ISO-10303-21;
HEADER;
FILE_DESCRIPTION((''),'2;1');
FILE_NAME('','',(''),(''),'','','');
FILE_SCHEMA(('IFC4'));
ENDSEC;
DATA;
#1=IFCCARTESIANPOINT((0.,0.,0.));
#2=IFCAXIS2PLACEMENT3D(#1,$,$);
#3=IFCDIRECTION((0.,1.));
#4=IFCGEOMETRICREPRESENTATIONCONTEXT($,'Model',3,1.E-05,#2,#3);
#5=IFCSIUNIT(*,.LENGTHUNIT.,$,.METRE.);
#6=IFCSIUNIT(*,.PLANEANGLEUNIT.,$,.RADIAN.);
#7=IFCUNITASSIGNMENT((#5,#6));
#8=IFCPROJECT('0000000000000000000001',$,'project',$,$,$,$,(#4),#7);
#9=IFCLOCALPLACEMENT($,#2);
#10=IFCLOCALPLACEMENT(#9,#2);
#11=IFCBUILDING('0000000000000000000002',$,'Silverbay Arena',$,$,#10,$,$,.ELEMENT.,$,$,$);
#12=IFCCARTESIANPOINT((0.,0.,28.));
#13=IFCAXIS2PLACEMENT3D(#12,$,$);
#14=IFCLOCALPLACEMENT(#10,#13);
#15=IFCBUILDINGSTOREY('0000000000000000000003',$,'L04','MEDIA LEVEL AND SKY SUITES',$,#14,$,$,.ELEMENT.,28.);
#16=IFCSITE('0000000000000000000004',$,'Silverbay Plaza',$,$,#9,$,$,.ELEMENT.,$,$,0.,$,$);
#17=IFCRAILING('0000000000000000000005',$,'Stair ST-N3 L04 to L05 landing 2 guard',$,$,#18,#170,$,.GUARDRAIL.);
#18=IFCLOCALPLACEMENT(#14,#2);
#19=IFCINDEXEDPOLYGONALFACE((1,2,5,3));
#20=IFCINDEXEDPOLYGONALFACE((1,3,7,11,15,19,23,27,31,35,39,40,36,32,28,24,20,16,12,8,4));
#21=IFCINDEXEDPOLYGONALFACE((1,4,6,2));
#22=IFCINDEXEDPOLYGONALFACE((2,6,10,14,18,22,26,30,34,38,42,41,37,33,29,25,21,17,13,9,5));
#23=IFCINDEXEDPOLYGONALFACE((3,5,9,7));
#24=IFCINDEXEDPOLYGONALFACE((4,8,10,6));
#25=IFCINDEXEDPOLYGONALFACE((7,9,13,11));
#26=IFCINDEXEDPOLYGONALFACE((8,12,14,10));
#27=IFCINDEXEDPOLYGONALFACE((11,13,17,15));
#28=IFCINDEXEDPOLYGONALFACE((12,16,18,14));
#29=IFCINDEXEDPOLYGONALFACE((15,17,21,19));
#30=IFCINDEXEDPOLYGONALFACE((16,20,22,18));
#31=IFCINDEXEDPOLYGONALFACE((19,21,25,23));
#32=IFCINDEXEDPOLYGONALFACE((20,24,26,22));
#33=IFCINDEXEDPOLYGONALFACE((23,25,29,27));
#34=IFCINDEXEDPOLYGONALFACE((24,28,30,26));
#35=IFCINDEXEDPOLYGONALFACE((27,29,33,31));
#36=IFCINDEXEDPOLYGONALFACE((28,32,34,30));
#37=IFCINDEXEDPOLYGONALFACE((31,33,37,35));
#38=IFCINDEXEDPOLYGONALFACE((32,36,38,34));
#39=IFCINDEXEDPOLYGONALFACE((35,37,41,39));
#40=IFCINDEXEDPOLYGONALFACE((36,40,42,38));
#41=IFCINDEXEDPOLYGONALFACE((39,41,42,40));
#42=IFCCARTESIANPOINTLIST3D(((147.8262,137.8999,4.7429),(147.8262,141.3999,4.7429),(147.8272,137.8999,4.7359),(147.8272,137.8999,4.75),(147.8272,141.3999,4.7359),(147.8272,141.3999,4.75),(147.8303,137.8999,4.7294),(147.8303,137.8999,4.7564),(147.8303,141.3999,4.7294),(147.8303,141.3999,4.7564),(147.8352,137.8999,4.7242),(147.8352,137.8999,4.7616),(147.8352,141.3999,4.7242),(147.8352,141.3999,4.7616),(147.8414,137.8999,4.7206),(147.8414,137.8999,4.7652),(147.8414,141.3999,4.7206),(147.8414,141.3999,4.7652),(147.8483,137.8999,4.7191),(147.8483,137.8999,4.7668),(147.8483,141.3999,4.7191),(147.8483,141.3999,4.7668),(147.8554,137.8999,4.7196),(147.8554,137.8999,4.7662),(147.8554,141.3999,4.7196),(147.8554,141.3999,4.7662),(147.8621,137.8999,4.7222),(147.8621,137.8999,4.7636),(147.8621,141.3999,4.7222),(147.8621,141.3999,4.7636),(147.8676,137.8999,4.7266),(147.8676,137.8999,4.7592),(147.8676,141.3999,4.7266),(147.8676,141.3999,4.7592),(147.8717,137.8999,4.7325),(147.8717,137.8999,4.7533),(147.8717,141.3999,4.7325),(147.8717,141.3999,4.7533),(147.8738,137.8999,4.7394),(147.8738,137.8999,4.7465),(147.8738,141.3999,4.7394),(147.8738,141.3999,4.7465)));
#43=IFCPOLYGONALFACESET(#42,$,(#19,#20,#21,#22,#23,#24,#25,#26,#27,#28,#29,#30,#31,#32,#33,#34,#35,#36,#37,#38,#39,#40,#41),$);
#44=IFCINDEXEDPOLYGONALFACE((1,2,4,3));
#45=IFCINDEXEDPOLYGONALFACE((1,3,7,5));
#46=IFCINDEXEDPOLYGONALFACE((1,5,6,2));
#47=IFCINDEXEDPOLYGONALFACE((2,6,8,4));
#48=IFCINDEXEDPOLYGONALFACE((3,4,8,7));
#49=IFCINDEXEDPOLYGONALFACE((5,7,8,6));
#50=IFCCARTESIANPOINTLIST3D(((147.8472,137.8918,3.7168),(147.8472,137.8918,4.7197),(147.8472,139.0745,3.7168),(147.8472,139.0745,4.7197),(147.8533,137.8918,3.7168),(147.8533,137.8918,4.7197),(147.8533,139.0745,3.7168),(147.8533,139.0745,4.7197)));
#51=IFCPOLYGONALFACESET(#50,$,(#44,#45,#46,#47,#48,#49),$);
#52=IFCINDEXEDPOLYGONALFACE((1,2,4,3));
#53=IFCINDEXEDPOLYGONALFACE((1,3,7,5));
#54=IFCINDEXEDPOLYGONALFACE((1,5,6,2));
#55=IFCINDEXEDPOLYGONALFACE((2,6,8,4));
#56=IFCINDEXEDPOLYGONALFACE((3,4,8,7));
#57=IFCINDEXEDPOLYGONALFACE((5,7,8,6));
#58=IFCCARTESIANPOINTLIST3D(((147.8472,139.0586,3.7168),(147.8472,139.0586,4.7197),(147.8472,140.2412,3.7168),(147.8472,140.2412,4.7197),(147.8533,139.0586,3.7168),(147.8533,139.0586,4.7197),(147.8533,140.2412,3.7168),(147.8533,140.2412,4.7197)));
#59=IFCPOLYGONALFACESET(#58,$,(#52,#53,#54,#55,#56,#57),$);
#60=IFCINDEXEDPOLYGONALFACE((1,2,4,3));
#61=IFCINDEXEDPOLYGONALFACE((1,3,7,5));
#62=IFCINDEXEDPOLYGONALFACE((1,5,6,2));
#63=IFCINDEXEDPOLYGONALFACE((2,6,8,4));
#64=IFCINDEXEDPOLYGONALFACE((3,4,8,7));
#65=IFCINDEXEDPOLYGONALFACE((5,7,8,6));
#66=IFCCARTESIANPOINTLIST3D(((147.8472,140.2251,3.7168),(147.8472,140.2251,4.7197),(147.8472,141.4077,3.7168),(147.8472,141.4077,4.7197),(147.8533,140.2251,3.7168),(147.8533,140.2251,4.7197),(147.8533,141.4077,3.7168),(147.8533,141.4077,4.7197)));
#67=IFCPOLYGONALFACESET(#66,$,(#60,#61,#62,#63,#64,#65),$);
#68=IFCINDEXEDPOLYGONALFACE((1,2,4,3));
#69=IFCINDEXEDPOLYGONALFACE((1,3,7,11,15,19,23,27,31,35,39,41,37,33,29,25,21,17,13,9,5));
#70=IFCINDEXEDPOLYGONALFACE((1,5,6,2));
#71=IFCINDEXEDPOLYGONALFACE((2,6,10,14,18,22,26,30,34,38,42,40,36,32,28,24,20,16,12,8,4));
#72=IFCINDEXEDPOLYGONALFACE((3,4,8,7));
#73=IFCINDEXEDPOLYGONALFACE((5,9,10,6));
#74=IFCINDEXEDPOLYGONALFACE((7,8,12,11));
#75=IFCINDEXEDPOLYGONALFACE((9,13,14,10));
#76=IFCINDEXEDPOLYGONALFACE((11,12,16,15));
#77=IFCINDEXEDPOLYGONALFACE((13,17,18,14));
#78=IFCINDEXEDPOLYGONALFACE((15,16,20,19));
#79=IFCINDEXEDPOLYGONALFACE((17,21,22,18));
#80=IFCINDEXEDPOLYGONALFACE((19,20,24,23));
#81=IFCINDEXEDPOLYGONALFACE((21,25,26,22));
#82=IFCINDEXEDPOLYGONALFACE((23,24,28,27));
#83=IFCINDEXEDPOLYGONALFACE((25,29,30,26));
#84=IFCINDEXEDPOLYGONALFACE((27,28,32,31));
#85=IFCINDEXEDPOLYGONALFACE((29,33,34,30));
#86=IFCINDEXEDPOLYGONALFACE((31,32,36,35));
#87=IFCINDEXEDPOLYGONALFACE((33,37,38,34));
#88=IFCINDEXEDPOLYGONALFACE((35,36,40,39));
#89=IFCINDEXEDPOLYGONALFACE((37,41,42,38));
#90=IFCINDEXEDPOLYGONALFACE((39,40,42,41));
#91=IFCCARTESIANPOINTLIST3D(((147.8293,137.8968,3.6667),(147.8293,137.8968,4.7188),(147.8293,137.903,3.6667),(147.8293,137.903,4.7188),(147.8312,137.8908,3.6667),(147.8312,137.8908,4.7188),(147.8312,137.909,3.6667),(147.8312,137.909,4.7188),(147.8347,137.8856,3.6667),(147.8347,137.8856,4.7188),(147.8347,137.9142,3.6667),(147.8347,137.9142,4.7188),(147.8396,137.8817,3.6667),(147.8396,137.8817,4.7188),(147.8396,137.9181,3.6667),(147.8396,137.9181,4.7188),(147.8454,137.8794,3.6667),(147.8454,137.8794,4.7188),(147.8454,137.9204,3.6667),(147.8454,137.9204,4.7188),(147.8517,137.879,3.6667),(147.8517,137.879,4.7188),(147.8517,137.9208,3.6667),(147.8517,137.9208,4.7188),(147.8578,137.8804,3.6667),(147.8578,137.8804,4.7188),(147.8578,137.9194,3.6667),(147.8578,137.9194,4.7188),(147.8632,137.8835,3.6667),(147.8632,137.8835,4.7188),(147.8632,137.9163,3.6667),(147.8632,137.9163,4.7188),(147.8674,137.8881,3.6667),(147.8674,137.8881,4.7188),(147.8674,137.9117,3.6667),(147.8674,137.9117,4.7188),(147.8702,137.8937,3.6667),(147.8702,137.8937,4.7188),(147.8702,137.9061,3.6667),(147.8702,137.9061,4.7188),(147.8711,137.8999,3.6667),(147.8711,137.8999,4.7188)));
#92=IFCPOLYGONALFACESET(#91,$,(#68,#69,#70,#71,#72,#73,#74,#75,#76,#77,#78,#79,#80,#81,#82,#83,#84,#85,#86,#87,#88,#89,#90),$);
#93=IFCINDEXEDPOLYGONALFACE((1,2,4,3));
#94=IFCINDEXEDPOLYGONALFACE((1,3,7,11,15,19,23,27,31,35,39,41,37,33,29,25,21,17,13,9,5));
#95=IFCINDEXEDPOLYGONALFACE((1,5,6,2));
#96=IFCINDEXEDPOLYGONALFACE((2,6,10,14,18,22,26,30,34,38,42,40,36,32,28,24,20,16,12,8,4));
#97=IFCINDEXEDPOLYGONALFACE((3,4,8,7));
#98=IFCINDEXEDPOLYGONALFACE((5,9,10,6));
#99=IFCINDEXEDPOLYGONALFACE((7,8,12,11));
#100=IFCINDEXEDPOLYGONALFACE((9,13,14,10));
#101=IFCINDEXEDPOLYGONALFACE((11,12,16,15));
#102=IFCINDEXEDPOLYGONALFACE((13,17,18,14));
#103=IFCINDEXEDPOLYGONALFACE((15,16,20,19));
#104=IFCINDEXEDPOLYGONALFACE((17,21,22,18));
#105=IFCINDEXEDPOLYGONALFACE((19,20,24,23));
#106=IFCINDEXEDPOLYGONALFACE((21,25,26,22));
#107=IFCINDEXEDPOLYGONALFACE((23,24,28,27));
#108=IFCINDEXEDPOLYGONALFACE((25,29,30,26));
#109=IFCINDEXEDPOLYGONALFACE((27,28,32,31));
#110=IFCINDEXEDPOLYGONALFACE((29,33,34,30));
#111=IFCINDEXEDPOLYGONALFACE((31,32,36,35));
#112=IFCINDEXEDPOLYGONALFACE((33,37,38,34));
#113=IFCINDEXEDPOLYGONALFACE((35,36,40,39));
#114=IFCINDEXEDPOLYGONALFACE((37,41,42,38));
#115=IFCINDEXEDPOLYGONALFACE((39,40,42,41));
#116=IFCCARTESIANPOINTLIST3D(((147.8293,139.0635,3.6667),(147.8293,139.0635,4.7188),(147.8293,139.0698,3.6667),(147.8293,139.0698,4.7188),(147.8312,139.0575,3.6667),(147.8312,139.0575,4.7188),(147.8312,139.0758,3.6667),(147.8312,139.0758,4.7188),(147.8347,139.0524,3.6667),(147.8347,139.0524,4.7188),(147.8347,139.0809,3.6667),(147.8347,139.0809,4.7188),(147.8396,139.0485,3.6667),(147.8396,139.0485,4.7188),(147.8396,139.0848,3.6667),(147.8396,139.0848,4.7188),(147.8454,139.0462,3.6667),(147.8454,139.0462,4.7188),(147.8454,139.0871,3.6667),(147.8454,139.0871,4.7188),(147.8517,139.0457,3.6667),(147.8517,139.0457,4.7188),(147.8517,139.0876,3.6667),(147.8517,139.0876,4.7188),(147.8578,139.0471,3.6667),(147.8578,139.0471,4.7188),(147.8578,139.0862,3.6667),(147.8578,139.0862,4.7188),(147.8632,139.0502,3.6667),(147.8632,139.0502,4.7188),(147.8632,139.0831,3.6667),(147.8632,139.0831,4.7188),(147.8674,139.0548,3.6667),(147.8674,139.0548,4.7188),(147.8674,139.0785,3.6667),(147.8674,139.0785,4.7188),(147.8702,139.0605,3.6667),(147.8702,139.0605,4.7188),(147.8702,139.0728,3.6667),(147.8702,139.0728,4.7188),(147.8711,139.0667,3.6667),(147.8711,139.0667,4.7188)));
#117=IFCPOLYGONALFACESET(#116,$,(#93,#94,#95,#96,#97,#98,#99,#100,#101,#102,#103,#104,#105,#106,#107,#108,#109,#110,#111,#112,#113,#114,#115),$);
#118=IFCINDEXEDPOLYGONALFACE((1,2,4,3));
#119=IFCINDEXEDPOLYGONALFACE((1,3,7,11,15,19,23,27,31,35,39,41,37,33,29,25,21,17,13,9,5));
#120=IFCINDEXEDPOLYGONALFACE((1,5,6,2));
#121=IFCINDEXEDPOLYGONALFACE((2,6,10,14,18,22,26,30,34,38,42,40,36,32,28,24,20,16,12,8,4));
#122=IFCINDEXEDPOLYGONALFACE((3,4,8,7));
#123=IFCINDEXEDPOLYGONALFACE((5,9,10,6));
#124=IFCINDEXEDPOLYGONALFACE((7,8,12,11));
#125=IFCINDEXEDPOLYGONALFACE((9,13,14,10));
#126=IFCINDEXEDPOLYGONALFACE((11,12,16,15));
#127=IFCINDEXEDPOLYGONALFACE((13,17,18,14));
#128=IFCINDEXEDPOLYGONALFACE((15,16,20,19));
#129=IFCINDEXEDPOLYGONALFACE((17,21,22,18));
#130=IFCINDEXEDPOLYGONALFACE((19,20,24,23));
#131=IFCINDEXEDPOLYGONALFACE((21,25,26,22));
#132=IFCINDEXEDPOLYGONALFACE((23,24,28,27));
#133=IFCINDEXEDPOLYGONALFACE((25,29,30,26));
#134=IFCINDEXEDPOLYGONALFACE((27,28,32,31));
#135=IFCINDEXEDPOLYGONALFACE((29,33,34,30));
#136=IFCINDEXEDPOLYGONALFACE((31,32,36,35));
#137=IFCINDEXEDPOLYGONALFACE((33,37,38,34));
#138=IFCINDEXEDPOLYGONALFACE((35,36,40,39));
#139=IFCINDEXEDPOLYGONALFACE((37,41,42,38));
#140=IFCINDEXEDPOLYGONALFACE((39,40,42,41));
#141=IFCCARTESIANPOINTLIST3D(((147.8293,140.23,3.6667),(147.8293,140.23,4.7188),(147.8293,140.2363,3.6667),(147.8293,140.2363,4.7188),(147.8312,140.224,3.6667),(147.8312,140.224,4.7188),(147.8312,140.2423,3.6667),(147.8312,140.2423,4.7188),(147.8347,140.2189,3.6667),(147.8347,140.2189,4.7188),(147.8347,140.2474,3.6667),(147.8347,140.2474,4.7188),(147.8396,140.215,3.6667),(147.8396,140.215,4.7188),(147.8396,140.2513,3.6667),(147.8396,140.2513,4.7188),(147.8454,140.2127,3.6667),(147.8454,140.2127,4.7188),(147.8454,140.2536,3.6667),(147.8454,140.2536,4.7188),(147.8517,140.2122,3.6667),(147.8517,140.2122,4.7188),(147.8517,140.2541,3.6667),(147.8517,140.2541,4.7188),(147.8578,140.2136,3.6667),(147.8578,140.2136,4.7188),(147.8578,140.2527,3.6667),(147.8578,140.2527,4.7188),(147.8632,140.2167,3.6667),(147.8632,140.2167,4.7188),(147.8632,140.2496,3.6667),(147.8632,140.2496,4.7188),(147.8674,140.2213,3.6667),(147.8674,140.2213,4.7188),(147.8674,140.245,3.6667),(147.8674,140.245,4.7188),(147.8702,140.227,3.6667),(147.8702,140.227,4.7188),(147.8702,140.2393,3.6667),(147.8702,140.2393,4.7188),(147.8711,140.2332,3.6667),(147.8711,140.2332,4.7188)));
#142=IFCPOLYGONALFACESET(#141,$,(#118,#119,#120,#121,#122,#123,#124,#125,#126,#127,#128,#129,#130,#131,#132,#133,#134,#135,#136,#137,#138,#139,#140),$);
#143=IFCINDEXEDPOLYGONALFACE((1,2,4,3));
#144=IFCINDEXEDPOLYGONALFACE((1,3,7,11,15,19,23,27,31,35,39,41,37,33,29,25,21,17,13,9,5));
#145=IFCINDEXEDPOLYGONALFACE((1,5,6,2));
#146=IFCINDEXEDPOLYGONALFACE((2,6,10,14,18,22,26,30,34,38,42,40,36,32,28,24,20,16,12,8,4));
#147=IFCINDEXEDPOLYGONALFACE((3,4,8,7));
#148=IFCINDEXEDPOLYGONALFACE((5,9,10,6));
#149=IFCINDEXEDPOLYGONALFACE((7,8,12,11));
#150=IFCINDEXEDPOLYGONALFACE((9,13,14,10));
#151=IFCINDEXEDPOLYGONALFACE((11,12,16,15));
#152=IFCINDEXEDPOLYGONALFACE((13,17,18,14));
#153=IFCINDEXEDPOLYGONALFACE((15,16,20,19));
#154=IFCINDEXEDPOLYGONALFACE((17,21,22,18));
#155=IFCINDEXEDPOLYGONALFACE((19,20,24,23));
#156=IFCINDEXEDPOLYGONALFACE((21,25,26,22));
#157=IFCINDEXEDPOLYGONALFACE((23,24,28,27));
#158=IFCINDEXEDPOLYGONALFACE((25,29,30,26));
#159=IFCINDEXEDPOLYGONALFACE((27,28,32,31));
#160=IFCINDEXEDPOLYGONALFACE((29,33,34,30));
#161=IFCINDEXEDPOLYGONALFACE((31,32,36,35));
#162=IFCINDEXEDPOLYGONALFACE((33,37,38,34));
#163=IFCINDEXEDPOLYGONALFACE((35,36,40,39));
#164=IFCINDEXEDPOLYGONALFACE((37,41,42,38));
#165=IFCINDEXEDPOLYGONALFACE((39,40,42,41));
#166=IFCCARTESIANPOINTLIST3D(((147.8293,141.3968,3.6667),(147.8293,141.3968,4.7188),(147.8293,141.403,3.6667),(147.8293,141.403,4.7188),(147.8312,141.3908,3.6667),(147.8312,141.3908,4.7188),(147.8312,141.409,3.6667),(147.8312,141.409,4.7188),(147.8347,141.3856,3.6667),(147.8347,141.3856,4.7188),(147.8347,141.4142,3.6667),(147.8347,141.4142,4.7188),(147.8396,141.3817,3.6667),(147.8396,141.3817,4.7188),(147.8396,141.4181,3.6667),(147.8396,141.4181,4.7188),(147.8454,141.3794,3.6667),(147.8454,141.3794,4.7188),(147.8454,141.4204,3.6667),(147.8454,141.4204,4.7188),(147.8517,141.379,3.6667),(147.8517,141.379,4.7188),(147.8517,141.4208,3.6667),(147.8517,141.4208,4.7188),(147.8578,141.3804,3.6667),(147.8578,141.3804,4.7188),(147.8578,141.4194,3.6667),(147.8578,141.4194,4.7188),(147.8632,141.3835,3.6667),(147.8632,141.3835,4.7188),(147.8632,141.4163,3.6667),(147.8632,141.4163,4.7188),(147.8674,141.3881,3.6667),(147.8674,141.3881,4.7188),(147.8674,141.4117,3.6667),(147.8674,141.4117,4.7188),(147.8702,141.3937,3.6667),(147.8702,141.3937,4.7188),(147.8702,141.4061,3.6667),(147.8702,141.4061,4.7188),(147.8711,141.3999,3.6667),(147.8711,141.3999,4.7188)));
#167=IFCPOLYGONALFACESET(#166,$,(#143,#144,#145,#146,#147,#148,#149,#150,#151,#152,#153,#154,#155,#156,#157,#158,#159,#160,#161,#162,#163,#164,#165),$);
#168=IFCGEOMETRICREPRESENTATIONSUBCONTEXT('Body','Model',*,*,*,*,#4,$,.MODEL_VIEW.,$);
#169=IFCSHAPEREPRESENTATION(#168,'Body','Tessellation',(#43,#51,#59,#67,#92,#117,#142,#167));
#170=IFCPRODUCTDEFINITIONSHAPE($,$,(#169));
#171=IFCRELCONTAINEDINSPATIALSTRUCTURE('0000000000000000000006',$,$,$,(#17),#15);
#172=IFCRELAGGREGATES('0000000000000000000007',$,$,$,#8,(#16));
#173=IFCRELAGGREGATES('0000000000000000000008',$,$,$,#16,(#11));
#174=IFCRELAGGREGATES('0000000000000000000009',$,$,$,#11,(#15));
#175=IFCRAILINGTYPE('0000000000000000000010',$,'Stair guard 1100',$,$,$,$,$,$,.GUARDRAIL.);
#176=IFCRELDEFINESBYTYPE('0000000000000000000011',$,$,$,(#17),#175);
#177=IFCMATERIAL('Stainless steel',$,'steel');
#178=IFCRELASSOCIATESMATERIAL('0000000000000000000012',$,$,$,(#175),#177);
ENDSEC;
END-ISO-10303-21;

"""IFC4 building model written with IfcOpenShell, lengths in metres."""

from ifc_helpers import new_model, si_unit, direction, frame, origin, origin_2d, place, context, subcontext, project, spatial, polyline, circle, outline, extrude, material, type_object, element, save


model = new_model("IFC4")

# Units and contexts
model_context = context("Model", 3, precision=1e-05, world=origin(), true_north=direction((0.0, 1.0)))
body_context = subcontext(model_context, "Body", "Model", "MODEL_VIEW")
ifc_project = project(units=[si_unit("LENGTHUNIT", "METRE"), si_unit("PLANEANGLEUNIT", "RADIAN")], contexts=[model_context])

# Site, building, storey
site_placement = place(None, origin())
site = spatial("IfcSite", under=ifc_project, at=site_placement, Name="Silverbay Plaza", CompositionType="ELEMENT", RefElevation=0.0)
building_placement = place(site_placement, origin())
building = spatial("IfcBuilding", under=site, at=building_placement, Name="Silverbay Arena", CompositionType="ELEMENT")
storey_placement = place(building_placement, frame((0.0, 0.0, 28.0)))
storey = spatial("IfcBuildingStorey", under=building, at=storey_placement, Name="L04", Description="MEDIA LEVEL AND SKY SUITES", CompositionType="ELEMENT", Elevation=28.0)

# Railing
ifc_material_1 = material(Name="Stainless steel", Category="steel")
railing_type_1 = type_object("IfcRailingType", Name="Stair guard 1100", PredefinedType="GUARDRAIL", material=ifc_material_1)
for number, where, name in (
    (1, (147.8501, 137.8999, 3.6667), "Stair ST-N3 L04 to L05 landing 2 guard"),
):
    element("IfcRailing", number, at=place(storey_placement, frame(where)), inside=storey, type_object=railing_type_1, Name=name, PredefinedType="GUARDRAIL", context=body_context, shape_type="SweptSolid", body=[
        extrude(circle(Radius=0.0239, at=origin_2d()), frame((0.0, 0.0, 1.0762), z_axis=(0.0, 1.0, 0.0), x_axis=(-1.0, 0.0, 0.0)), (0.0, 0.0, 1.0), 3.5),
        extrude(outline(polyline([(-0.0081, 0.05), (1.1746, 0.05), (1.1746, 1.053), (-0.0081, 1.053), (-0.0081, 0.05)])), frame((-0.0029, 0.0, 0.0), z_axis=(1.0, 0.0, 0.0), x_axis=(0.0, 1.0, 0.0)), (0.0, 0.0, 1.0), 0.0061),
        extrude(outline(polyline([(-0.0081, 0.05), (1.1746, 0.05), (1.1746, 1.053), (-0.0081, 1.053), (-0.0081, 0.05)])), frame((-0.0029, 1.1667, 0.0), z_axis=(1.0, 0.0, 0.0), x_axis=(0.0, 1.0, 0.0)), (0.0, 0.0, 1.0), 0.0061),
        extrude(outline(polyline([(-0.0081, 0.05), (1.1746, 0.05), (1.1746, 1.053), (-0.0081, 1.053), (-0.0081, 0.05)])), frame((-0.0029, 2.3333, 0.0), z_axis=(1.0, 0.0, 0.0), x_axis=(0.0, 1.0, 0.0)), (0.0, 0.0, 1.0), 0.0061),
        extrude(circle(Radius=0.021, at=origin_2d()), origin(), (0.0, 0.0, 1.0), 1.052),
        extrude(circle(Radius=0.021, at=origin_2d()), frame((0.0, 1.1667, 0.0)), (0.0, 0.0, 1.0), 1.052),
        extrude(circle(Radius=0.021, at=origin_2d()), frame((0.0, 2.3333, 0.0)), (0.0, 0.0, 1.0), 1.052),
        extrude(circle(Radius=0.021, at=origin_2d()), frame((0.0, 3.5, 0.0)), (0.0, 0.0, 1.0), 1.052),
    ])

save(model, "model.ifc")
